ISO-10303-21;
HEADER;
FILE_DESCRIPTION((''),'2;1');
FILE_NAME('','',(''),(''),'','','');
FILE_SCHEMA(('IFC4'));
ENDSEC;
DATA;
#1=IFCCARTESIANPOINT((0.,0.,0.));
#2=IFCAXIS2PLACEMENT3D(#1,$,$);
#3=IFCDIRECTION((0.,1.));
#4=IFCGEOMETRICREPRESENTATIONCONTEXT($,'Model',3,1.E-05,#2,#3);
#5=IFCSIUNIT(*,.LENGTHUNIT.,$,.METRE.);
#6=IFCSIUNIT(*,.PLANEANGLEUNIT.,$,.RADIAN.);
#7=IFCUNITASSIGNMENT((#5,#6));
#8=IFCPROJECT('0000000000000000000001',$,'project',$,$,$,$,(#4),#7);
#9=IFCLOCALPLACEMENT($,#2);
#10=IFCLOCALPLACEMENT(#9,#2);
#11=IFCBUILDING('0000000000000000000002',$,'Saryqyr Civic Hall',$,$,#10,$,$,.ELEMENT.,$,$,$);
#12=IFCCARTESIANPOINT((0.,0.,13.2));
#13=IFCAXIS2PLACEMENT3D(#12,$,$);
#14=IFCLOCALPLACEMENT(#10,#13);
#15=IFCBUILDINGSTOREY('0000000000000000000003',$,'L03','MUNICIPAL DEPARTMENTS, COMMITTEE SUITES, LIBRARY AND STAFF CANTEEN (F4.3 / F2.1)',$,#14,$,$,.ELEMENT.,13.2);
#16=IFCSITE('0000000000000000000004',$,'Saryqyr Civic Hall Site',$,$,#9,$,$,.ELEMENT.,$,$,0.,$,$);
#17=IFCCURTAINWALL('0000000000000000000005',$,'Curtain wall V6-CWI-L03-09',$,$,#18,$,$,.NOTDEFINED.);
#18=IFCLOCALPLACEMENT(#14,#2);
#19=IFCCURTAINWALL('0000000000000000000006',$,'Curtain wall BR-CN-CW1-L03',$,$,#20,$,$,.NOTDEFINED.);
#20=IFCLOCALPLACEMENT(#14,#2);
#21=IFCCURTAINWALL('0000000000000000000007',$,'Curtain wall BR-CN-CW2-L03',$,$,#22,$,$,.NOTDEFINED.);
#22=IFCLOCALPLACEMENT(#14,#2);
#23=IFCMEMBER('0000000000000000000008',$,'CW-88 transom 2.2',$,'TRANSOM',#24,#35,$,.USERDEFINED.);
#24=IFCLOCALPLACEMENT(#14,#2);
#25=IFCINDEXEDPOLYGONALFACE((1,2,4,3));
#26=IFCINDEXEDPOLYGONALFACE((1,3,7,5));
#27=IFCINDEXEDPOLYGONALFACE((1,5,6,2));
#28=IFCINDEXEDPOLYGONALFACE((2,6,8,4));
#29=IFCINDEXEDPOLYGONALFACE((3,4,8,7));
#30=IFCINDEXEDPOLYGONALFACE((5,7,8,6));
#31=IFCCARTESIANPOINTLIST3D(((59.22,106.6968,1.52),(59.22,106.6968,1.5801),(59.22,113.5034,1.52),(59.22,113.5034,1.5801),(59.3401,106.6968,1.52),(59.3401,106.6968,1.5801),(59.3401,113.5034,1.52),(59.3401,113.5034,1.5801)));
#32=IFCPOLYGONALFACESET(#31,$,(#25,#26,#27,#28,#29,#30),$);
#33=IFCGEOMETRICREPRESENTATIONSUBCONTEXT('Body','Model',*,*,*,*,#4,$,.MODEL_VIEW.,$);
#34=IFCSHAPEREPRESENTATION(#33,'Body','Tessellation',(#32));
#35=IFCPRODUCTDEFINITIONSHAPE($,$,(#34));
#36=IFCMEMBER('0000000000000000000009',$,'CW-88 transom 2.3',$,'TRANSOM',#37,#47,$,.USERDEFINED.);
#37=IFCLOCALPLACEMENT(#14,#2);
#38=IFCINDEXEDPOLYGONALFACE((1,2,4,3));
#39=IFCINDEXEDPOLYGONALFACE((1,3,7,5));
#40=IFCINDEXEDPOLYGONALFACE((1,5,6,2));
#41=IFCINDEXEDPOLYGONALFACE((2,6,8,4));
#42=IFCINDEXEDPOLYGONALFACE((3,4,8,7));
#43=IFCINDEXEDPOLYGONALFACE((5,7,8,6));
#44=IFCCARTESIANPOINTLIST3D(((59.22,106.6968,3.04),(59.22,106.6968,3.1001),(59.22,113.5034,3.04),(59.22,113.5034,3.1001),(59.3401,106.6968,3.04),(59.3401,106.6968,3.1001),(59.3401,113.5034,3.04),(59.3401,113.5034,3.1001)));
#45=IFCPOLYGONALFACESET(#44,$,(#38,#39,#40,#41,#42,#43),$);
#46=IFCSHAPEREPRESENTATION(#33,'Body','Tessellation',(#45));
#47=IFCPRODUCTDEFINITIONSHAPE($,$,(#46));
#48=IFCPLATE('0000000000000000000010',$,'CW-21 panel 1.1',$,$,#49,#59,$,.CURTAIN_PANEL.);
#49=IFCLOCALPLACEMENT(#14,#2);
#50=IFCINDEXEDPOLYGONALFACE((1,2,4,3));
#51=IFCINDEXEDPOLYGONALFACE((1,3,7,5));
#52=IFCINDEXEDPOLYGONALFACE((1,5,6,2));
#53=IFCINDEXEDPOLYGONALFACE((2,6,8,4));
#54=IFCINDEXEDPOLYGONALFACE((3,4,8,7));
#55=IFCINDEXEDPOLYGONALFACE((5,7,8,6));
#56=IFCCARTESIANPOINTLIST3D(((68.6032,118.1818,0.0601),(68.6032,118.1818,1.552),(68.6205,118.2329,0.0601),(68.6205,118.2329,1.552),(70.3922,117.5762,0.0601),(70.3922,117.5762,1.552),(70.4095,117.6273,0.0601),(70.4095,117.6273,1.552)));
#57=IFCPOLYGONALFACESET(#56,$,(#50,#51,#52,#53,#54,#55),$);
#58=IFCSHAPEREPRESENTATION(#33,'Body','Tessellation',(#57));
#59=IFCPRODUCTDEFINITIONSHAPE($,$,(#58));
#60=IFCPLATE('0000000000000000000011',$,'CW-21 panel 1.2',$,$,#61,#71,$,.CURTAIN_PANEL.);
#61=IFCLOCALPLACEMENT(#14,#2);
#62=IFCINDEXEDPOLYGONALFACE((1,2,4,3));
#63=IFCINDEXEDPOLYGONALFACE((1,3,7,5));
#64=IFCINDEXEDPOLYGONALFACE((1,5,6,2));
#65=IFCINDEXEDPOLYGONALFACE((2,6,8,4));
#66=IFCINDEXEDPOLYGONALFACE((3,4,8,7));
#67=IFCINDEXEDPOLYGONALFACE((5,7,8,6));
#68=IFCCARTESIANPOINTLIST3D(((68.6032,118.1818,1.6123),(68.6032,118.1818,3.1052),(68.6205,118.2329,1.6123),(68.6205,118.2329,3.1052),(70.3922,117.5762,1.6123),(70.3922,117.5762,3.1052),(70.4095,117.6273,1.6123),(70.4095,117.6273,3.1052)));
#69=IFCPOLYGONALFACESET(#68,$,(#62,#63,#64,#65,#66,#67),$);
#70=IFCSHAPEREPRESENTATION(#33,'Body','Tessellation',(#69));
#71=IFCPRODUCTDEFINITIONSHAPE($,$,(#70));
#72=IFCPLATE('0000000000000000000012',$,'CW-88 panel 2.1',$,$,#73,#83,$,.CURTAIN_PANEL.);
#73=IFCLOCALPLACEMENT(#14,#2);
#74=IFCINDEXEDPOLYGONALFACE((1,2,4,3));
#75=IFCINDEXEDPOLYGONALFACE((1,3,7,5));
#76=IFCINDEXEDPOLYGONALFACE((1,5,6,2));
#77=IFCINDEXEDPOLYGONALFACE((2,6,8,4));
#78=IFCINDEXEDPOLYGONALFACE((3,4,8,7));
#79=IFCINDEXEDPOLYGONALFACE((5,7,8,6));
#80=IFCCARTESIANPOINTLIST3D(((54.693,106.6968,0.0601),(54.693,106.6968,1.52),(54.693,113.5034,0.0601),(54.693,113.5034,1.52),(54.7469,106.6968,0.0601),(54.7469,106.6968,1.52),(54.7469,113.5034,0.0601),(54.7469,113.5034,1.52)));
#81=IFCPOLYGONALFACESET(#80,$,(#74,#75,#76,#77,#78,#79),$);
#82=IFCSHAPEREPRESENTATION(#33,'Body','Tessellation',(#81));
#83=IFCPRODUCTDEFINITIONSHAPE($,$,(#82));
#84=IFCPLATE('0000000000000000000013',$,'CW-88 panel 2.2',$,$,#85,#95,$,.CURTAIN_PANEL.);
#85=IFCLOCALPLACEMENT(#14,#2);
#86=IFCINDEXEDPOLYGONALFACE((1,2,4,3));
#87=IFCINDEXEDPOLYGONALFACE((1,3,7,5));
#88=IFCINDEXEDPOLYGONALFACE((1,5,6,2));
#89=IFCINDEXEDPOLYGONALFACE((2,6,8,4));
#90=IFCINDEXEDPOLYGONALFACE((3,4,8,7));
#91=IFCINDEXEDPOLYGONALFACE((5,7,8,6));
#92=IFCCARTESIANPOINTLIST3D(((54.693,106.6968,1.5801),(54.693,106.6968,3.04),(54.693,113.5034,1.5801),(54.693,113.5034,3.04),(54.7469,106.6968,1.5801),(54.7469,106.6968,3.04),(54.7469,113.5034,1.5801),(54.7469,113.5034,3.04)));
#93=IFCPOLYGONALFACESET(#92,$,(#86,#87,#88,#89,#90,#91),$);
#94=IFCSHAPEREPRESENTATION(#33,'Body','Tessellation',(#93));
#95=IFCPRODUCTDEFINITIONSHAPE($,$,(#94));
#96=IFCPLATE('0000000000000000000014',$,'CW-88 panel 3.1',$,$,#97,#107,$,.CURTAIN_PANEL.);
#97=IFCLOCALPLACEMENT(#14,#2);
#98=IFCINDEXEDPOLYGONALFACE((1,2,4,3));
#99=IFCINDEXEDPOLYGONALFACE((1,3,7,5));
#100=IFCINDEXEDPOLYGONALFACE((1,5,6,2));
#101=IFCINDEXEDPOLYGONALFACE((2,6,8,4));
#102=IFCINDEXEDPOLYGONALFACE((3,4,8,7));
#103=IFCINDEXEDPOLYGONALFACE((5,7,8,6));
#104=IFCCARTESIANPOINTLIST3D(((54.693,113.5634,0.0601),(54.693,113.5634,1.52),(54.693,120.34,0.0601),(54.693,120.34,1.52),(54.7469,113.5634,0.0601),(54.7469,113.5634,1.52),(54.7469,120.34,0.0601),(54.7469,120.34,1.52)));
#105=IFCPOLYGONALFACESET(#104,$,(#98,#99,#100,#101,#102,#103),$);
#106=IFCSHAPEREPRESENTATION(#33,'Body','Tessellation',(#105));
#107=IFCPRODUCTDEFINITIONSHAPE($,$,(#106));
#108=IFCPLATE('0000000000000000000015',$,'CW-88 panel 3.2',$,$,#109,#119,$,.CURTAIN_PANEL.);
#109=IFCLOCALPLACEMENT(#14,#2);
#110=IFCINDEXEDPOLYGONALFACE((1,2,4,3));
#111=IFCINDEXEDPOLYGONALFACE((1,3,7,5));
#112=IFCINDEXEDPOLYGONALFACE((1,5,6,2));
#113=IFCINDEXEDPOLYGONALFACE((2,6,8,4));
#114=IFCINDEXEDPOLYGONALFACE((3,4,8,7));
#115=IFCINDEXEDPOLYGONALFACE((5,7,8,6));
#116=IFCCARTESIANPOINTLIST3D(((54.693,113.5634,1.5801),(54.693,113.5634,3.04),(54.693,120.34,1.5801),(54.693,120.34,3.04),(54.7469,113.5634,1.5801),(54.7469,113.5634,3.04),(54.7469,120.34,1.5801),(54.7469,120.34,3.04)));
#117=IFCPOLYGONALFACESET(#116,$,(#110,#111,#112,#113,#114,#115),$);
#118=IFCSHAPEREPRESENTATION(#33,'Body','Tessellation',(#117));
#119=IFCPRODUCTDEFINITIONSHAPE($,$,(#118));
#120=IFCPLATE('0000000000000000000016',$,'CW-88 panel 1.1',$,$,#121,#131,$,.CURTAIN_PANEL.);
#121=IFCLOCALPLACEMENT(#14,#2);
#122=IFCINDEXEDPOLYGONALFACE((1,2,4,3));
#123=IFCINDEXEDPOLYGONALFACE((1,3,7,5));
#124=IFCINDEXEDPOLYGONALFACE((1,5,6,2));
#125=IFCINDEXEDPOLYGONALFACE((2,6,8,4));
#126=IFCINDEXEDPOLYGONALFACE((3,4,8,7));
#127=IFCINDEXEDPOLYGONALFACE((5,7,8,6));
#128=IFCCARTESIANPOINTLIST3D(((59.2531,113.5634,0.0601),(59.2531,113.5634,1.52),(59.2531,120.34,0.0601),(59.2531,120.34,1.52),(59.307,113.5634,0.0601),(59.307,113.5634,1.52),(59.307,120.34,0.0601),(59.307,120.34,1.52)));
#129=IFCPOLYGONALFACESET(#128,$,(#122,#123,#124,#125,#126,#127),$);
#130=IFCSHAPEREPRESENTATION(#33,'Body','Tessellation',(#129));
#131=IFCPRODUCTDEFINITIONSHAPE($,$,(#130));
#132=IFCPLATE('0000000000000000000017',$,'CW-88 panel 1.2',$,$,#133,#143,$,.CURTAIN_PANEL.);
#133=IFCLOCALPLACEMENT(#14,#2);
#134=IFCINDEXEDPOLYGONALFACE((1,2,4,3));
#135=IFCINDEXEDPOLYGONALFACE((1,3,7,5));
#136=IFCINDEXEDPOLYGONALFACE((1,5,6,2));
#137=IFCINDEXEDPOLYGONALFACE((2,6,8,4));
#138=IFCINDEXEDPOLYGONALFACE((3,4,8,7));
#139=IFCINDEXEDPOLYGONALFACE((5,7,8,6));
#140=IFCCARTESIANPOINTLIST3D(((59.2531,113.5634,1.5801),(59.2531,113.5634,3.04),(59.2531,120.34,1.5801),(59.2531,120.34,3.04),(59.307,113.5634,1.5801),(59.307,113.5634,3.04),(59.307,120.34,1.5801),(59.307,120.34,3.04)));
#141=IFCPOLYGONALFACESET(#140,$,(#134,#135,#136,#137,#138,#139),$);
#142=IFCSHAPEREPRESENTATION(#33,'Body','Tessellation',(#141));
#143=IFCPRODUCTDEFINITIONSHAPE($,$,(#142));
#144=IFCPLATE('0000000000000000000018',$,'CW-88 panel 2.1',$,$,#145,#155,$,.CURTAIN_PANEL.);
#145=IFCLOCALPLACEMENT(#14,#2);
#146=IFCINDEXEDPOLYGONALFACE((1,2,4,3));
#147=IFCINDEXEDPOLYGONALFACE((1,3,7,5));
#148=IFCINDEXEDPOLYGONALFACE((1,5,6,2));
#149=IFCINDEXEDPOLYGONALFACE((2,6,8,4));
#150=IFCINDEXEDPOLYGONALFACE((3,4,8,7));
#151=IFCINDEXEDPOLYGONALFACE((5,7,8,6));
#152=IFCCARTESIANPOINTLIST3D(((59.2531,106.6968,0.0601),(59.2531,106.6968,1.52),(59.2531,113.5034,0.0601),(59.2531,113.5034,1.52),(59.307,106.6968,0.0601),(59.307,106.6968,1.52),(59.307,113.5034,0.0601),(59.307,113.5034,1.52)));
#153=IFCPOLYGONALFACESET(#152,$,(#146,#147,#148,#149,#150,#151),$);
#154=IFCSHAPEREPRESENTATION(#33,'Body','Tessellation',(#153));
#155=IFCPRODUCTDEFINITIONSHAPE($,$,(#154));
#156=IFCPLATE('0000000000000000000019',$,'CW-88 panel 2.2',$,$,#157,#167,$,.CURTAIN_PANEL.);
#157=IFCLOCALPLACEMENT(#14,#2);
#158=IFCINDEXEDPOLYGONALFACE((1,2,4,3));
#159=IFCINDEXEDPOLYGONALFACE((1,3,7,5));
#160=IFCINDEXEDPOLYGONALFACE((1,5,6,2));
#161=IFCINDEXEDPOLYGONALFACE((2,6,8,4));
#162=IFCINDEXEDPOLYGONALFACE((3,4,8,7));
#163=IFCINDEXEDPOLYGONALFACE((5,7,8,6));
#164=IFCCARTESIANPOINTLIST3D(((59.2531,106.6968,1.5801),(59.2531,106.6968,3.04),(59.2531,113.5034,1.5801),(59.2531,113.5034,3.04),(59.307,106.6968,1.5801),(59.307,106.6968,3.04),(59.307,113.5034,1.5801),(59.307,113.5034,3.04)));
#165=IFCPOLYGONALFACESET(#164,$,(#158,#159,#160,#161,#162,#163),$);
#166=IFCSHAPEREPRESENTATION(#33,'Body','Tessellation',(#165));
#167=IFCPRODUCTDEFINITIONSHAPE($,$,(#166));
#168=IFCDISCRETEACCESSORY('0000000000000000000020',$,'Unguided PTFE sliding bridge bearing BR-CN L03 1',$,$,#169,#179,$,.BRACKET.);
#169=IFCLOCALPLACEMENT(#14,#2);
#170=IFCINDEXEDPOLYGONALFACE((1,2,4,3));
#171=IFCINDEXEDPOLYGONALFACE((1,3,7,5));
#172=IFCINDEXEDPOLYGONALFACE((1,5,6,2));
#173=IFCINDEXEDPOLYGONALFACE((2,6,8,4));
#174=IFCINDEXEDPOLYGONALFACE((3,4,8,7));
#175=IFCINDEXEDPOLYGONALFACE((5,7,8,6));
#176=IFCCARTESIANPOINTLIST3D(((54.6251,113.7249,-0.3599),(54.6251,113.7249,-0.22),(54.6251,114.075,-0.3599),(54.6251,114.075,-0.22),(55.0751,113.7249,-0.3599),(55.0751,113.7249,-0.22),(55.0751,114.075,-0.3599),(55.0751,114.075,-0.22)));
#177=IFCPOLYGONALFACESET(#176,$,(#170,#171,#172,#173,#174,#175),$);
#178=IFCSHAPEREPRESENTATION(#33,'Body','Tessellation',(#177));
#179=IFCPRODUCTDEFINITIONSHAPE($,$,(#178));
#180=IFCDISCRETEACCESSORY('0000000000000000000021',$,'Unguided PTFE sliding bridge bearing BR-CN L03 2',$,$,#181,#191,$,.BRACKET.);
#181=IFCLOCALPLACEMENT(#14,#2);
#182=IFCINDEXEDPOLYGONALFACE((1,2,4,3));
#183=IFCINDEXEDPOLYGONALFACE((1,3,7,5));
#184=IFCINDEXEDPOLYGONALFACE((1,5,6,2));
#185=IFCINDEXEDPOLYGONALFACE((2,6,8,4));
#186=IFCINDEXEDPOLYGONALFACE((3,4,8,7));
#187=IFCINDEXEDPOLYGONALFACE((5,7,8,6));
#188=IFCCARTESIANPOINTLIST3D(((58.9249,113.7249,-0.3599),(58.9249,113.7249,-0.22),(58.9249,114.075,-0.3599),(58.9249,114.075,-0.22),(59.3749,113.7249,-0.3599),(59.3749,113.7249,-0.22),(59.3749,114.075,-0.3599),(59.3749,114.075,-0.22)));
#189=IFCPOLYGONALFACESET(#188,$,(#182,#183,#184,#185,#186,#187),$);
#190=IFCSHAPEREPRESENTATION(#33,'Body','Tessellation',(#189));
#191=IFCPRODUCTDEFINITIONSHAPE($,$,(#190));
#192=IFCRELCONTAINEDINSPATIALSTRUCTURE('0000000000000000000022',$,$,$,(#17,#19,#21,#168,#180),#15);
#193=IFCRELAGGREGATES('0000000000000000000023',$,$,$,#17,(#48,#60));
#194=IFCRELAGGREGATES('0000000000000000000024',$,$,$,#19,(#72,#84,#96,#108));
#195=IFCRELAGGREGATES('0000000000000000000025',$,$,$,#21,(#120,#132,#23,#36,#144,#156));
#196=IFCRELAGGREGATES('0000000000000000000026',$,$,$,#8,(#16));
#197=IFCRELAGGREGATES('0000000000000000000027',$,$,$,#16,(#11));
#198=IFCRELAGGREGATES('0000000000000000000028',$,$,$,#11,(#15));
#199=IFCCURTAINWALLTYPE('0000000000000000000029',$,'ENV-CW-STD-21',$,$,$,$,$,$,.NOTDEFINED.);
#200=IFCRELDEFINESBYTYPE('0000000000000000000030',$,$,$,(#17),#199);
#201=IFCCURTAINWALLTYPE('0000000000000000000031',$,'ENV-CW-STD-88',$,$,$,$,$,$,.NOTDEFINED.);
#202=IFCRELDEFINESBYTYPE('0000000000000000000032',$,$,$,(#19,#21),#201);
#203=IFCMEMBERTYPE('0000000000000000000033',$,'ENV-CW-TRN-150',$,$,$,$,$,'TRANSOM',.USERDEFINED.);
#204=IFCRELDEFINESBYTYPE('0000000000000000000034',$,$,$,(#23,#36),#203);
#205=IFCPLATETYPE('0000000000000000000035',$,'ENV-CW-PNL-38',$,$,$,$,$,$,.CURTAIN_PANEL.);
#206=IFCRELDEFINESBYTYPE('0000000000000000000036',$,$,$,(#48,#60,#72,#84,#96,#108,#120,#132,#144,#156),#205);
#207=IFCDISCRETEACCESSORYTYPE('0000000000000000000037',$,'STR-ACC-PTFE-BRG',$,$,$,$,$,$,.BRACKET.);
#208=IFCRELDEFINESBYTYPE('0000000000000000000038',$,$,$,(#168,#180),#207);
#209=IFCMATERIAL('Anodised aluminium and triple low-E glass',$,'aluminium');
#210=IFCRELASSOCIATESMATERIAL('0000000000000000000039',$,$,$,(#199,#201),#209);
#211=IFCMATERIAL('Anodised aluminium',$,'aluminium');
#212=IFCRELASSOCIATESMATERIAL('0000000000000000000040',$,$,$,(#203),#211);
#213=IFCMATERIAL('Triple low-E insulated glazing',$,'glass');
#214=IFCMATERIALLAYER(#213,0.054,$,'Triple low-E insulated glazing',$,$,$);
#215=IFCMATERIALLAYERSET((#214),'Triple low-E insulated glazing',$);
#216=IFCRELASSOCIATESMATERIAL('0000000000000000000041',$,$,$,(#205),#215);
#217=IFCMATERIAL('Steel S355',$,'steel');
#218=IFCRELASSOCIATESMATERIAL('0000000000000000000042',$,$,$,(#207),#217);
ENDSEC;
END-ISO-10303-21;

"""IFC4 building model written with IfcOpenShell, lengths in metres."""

from ifc_helpers import new_model, si_unit, direction, frame, origin, origin_2d, place, context, subcontext, project, spatial, rectangle, extrude, material, layer, layer_set, material_profile, profile_set, type_object, element, aggregate, save


model = new_model("IFC4")

# Units and contexts
model_context = context("Model", 3, precision=1e-05, world=origin(), true_north=direction((0.0, 1.0)))
body_context = subcontext(model_context, "Body", "Model", "MODEL_VIEW")
ifc_project = project(units=[si_unit("LENGTHUNIT", "METRE"), si_unit("PLANEANGLEUNIT", "RADIAN")], contexts=[model_context])

# Site, building, storey
site_placement = place(None, origin())
site = spatial("IfcSite", under=ifc_project, at=site_placement, Name="Saryqyr Civic Hall Site", CompositionType="ELEMENT", RefElevation=0.0)
building_placement = place(site_placement, origin())
building = spatial("IfcBuilding", under=site, at=building_placement, Name="Saryqyr Civic Hall", CompositionType="ELEMENT")
storey_placement = place(building_placement, frame((0.0, 0.0, 13.2)))
storey = spatial("IfcBuildingStorey", under=building, at=storey_placement, Name="L03", Description="MUNICIPAL DEPARTMENTS, COMMITTEE SUITES, LIBRARY AND STAFF CANTEEN (F4.3 / F2.1)", CompositionType="ELEMENT", Elevation=13.2)

# Shared definitions
ifc_material_1 = material(Name="Steel S355", Category="steel")

# Curtain walls
ifc_material_2 = material(Name="Anodised aluminium and triple low-E glass", Category="aluminium")
curtain_wall_type_1 = type_object("IfcCurtainWallType", Name="ENV-CW-STD-21", PredefinedType="NOTDEFINED", material=ifc_material_2)
curtain_wall_1_placement = place(storey_placement, origin())
curtain_wall_1 = element("IfcCurtainWall", 1, at=curtain_wall_1_placement, inside=storey, type_object=curtain_wall_type_1, Name="Curtain wall V6-CWI-L03-09", PredefinedType="NOTDEFINED")
ifc_material_3 = material(Name="Anodised aluminium", Category="aluminium")
curtain_wall_type_2 = type_object("IfcCurtainWallType", Name="ENV-CW-STD-88", PredefinedType="NOTDEFINED", material=ifc_material_2)
curtain_wall_2_placement = place(storey_placement, origin())
curtain_wall_2 = element("IfcCurtainWall", 2, at=curtain_wall_2_placement, inside=storey, type_object=curtain_wall_type_2, Name="Curtain wall BR-CN-CW1-L03", PredefinedType="NOTDEFINED")
curtain_wall_3_placement = place(storey_placement, origin())
curtain_wall_3 = element("IfcCurtainWall", 3, at=curtain_wall_3_placement, inside=storey, type_object=curtain_wall_type_2, Name="Curtain wall BR-CN-CW2-L03", PredefinedType="NOTDEFINED")

# Members
ifc_material_profile_1 = material_profile(ifc_material_3, rectangle(XDim=0.1201, YDim=0.0601, at=origin_2d()), Name="ALU TRANSOM 120x60")
ifc_profile_set_1 = profile_set([ifc_material_profile_1], Name="Anodised aluminium")
member_type_1 = type_object("IfcMemberType", Name="ENV-CW-TRN-150", ElementType="TRANSOM", PredefinedType="USERDEFINED", material=ifc_profile_set_1)
member_1_placement = place(storey_placement, frame((59.28, 113.5034, 1.55), z_axis=(0.0, -1.0, 0.0), x_axis=(1.0, 0.0, 0.0)))
member_1 = element("IfcMember", 4, at=member_1_placement, type_object=member_type_1, Name="CW-88 transom 2.2", ObjectType="TRANSOM", PredefinedType="USERDEFINED", context=body_context, shape_type="SweptSolid", body=[
    extrude(rectangle(XDim=0.1201, YDim=0.0601, at=origin_2d()), origin(), (0.0, 0.0, 1.0), 6.8066),
])
member_2_placement = place(storey_placement, frame((59.28, 113.5034, 3.0701), z_axis=(0.0, -1.0, 0.0), x_axis=(1.0, 0.0, 0.0)))
member_2 = element("IfcMember", 5, at=member_2_placement, type_object=member_type_1, Name="CW-88 transom 2.3", ObjectType="TRANSOM", PredefinedType="USERDEFINED", context=body_context, shape_type="SweptSolid", body=[
    extrude(rectangle(XDim=0.1201, YDim=0.0601, at=origin_2d()), origin(), (0.0, 0.0, 1.0), 6.8066),
])

# Plates
ifc_material_4 = material(Name="Triple low-E insulated glazing", Category="glass")
ifc_layer = layer(ifc_material_4, 0.054, Name="Triple low-E insulated glazing")
ifc_layer_set = layer_set([ifc_layer], Name="Triple low-E insulated glazing")
plate_type = type_object("IfcPlateType", Name="ENV-CW-PNL-38", PredefinedType="CURTAIN_PANEL", material=ifc_layer_set)
plate_1_placement = place(storey_placement, frame((69.5063, 117.9045, 0.0601), z_axis=(0.0, 0.0, 1.0), x_axis=(-0.947202, 0.320636, 0.0)))
plate_1 = element("IfcPlate", 6, at=plate_1_placement, type_object=plate_type, Name="CW-21 panel 1.1", PredefinedType="CURTAIN_PANEL", context=body_context, shape_type="SweptSolid", body=[
    extrude(rectangle(XDim=1.8887, YDim=0.054, at=origin_2d()), origin(), (0.0, 0.0, 1.0), 1.4919),
])
plate_2_placement = place(storey_placement, frame((69.5063, 117.9045, 1.6123), z_axis=(0.0, 0.0, 1.0), x_axis=(-0.947202, 0.320636, 0.0)))
plate_2 = element("IfcPlate", 7, at=plate_2_placement, type_object=plate_type, Name="CW-21 panel 1.2", PredefinedType="CURTAIN_PANEL", context=body_context, shape_type="SweptSolid", body=[
    extrude(rectangle(XDim=1.8887, YDim=0.054, at=origin_2d()), origin(), (0.0, 0.0, 1.0), 1.4929),
])
aggregate(curtain_wall_1, [plate_1, plate_2])
plate_3_placement = place(storey_placement, frame((54.72, 110.1001, 0.0601), z_axis=(0.0, 0.0, 1.0), x_axis=(0.0, 1.0, 0.0)))
plate_3 = element("IfcPlate", 8, at=plate_3_placement, type_object=plate_type, Name="CW-88 panel 2.1", PredefinedType="CURTAIN_PANEL", context=body_context, shape_type="SweptSolid", body=[
    extrude(rectangle(XDim=6.8066, YDim=0.054, at=origin_2d()), origin(), (0.0, 0.0, 1.0), 1.46),
])
plate_4_placement = place(storey_placement, frame((54.72, 110.1001, 1.5801), z_axis=(0.0, 0.0, 1.0), x_axis=(0.0, 1.0, 0.0)))
plate_4 = element("IfcPlate", 9, at=plate_4_placement, type_object=plate_type, Name="CW-88 panel 2.2", PredefinedType="CURTAIN_PANEL", context=body_context, shape_type="SweptSolid", body=[
    extrude(rectangle(XDim=6.8066, YDim=0.054, at=origin_2d()), origin(), (0.0, 0.0, 1.0), 1.46),
])
plate_5_placement = place(storey_placement, frame((54.72, 116.9517, 0.0601), z_axis=(0.0, 0.0, 1.0), x_axis=(0.0, 1.0, 0.0)))
plate_5 = element("IfcPlate", 10, at=plate_5_placement, type_object=plate_type, Name="CW-88 panel 3.1", PredefinedType="CURTAIN_PANEL", context=body_context, shape_type="SweptSolid", body=[
    extrude(rectangle(XDim=6.7766, YDim=0.054, at=origin_2d()), origin(), (0.0, 0.0, 1.0), 1.46),
])
plate_6_placement = place(storey_placement, frame((54.72, 116.9517, 1.5801), z_axis=(0.0, 0.0, 1.0), x_axis=(0.0, 1.0, 0.0)))
plate_6 = element("IfcPlate", 11, at=plate_6_placement, type_object=plate_type, Name="CW-88 panel 3.2", PredefinedType="CURTAIN_PANEL", context=body_context, shape_type="SweptSolid", body=[
    extrude(rectangle(XDim=6.7766, YDim=0.054, at=origin_2d()), origin(), (0.0, 0.0, 1.0), 1.46),
])
aggregate(curtain_wall_2, [plate_3, plate_4, plate_5, plate_6])
plate_7_placement = place(storey_placement, frame((59.28, 116.9517, 0.0601), z_axis=(0.0, 0.0, 1.0), x_axis=(0.0, -1.0, 0.0)))
plate_7 = element("IfcPlate", 12, at=plate_7_placement, type_object=plate_type, Name="CW-88 panel 1.1", PredefinedType="CURTAIN_PANEL", context=body_context, shape_type="SweptSolid", body=[
    extrude(rectangle(XDim=6.7766, YDim=0.054, at=origin_2d()), origin(), (0.0, 0.0, 1.0), 1.46),
])
plate_8_placement = place(storey_placement, frame((59.28, 116.9517, 1.5801), z_axis=(0.0, 0.0, 1.0), x_axis=(0.0, -1.0, 0.0)))
plate_8 = element("IfcPlate", 13, at=plate_8_placement, type_object=plate_type, Name="CW-88 panel 1.2", PredefinedType="CURTAIN_PANEL", context=body_context, shape_type="SweptSolid", body=[
    extrude(rectangle(XDim=6.7766, YDim=0.054, at=origin_2d()), origin(), (0.0, 0.0, 1.0), 1.46),
])
plate_9_placement = place(storey_placement, frame((59.28, 110.1001, 0.0601), z_axis=(0.0, 0.0, 1.0), x_axis=(0.0, -1.0, 0.0)))
plate_9 = element("IfcPlate", 14, at=plate_9_placement, type_object=plate_type, Name="CW-88 panel 2.1", PredefinedType="CURTAIN_PANEL", context=body_context, shape_type="SweptSolid", body=[
    extrude(rectangle(XDim=6.8066, YDim=0.054, at=origin_2d()), origin(), (0.0, 0.0, 1.0), 1.46),
])
plate_10_placement = place(storey_placement, frame((59.28, 110.1001, 1.5801), z_axis=(0.0, 0.0, 1.0), x_axis=(0.0, -1.0, 0.0)))
plate_10 = element("IfcPlate", 15, at=plate_10_placement, type_object=plate_type, Name="CW-88 panel 2.2", PredefinedType="CURTAIN_PANEL", context=body_context, shape_type="SweptSolid", body=[
    extrude(rectangle(XDim=6.8066, YDim=0.054, at=origin_2d()), origin(), (0.0, 0.0, 1.0), 1.46),
])
aggregate(curtain_wall_3, [plate_7, plate_8, member_1, member_2, plate_9, plate_10])

# Discrete accessories
discrete_accessory_type = type_object("IfcDiscreteAccessoryType", Name="STR-ACC-PTFE-BRG", PredefinedType="BRACKET", material=ifc_material_1)
for number, where, z_axis, x_axis, name in (
    (16, (54.8501, 113.8999, -0.3599), (0.0, 0.0, 1.0), (1.0, 0.0, 0.0), "Unguided PTFE sliding bridge bearing BR-CN L03 1"),
    (17, (59.1499, 113.8999, -0.3599), (0.0, 0.0, 1.0), (1.0, 0.0, 0.0), "Unguided PTFE sliding bridge bearing BR-CN L03 2"),
):
    element("IfcDiscreteAccessory", number, at=place(storey_placement, frame(where, z_axis=z_axis, x_axis=x_axis)), inside=storey, type_object=discrete_accessory_type, Name=name, PredefinedType="BRACKET", context=body_context, shape_type="SweptSolid", body=[
        extrude(rectangle(XDim=0.45, YDim=0.3501, at=origin_2d()), origin(), (0.0, 0.0, 1.0), 0.1399),
    ])

save(model, "model.ifc")
